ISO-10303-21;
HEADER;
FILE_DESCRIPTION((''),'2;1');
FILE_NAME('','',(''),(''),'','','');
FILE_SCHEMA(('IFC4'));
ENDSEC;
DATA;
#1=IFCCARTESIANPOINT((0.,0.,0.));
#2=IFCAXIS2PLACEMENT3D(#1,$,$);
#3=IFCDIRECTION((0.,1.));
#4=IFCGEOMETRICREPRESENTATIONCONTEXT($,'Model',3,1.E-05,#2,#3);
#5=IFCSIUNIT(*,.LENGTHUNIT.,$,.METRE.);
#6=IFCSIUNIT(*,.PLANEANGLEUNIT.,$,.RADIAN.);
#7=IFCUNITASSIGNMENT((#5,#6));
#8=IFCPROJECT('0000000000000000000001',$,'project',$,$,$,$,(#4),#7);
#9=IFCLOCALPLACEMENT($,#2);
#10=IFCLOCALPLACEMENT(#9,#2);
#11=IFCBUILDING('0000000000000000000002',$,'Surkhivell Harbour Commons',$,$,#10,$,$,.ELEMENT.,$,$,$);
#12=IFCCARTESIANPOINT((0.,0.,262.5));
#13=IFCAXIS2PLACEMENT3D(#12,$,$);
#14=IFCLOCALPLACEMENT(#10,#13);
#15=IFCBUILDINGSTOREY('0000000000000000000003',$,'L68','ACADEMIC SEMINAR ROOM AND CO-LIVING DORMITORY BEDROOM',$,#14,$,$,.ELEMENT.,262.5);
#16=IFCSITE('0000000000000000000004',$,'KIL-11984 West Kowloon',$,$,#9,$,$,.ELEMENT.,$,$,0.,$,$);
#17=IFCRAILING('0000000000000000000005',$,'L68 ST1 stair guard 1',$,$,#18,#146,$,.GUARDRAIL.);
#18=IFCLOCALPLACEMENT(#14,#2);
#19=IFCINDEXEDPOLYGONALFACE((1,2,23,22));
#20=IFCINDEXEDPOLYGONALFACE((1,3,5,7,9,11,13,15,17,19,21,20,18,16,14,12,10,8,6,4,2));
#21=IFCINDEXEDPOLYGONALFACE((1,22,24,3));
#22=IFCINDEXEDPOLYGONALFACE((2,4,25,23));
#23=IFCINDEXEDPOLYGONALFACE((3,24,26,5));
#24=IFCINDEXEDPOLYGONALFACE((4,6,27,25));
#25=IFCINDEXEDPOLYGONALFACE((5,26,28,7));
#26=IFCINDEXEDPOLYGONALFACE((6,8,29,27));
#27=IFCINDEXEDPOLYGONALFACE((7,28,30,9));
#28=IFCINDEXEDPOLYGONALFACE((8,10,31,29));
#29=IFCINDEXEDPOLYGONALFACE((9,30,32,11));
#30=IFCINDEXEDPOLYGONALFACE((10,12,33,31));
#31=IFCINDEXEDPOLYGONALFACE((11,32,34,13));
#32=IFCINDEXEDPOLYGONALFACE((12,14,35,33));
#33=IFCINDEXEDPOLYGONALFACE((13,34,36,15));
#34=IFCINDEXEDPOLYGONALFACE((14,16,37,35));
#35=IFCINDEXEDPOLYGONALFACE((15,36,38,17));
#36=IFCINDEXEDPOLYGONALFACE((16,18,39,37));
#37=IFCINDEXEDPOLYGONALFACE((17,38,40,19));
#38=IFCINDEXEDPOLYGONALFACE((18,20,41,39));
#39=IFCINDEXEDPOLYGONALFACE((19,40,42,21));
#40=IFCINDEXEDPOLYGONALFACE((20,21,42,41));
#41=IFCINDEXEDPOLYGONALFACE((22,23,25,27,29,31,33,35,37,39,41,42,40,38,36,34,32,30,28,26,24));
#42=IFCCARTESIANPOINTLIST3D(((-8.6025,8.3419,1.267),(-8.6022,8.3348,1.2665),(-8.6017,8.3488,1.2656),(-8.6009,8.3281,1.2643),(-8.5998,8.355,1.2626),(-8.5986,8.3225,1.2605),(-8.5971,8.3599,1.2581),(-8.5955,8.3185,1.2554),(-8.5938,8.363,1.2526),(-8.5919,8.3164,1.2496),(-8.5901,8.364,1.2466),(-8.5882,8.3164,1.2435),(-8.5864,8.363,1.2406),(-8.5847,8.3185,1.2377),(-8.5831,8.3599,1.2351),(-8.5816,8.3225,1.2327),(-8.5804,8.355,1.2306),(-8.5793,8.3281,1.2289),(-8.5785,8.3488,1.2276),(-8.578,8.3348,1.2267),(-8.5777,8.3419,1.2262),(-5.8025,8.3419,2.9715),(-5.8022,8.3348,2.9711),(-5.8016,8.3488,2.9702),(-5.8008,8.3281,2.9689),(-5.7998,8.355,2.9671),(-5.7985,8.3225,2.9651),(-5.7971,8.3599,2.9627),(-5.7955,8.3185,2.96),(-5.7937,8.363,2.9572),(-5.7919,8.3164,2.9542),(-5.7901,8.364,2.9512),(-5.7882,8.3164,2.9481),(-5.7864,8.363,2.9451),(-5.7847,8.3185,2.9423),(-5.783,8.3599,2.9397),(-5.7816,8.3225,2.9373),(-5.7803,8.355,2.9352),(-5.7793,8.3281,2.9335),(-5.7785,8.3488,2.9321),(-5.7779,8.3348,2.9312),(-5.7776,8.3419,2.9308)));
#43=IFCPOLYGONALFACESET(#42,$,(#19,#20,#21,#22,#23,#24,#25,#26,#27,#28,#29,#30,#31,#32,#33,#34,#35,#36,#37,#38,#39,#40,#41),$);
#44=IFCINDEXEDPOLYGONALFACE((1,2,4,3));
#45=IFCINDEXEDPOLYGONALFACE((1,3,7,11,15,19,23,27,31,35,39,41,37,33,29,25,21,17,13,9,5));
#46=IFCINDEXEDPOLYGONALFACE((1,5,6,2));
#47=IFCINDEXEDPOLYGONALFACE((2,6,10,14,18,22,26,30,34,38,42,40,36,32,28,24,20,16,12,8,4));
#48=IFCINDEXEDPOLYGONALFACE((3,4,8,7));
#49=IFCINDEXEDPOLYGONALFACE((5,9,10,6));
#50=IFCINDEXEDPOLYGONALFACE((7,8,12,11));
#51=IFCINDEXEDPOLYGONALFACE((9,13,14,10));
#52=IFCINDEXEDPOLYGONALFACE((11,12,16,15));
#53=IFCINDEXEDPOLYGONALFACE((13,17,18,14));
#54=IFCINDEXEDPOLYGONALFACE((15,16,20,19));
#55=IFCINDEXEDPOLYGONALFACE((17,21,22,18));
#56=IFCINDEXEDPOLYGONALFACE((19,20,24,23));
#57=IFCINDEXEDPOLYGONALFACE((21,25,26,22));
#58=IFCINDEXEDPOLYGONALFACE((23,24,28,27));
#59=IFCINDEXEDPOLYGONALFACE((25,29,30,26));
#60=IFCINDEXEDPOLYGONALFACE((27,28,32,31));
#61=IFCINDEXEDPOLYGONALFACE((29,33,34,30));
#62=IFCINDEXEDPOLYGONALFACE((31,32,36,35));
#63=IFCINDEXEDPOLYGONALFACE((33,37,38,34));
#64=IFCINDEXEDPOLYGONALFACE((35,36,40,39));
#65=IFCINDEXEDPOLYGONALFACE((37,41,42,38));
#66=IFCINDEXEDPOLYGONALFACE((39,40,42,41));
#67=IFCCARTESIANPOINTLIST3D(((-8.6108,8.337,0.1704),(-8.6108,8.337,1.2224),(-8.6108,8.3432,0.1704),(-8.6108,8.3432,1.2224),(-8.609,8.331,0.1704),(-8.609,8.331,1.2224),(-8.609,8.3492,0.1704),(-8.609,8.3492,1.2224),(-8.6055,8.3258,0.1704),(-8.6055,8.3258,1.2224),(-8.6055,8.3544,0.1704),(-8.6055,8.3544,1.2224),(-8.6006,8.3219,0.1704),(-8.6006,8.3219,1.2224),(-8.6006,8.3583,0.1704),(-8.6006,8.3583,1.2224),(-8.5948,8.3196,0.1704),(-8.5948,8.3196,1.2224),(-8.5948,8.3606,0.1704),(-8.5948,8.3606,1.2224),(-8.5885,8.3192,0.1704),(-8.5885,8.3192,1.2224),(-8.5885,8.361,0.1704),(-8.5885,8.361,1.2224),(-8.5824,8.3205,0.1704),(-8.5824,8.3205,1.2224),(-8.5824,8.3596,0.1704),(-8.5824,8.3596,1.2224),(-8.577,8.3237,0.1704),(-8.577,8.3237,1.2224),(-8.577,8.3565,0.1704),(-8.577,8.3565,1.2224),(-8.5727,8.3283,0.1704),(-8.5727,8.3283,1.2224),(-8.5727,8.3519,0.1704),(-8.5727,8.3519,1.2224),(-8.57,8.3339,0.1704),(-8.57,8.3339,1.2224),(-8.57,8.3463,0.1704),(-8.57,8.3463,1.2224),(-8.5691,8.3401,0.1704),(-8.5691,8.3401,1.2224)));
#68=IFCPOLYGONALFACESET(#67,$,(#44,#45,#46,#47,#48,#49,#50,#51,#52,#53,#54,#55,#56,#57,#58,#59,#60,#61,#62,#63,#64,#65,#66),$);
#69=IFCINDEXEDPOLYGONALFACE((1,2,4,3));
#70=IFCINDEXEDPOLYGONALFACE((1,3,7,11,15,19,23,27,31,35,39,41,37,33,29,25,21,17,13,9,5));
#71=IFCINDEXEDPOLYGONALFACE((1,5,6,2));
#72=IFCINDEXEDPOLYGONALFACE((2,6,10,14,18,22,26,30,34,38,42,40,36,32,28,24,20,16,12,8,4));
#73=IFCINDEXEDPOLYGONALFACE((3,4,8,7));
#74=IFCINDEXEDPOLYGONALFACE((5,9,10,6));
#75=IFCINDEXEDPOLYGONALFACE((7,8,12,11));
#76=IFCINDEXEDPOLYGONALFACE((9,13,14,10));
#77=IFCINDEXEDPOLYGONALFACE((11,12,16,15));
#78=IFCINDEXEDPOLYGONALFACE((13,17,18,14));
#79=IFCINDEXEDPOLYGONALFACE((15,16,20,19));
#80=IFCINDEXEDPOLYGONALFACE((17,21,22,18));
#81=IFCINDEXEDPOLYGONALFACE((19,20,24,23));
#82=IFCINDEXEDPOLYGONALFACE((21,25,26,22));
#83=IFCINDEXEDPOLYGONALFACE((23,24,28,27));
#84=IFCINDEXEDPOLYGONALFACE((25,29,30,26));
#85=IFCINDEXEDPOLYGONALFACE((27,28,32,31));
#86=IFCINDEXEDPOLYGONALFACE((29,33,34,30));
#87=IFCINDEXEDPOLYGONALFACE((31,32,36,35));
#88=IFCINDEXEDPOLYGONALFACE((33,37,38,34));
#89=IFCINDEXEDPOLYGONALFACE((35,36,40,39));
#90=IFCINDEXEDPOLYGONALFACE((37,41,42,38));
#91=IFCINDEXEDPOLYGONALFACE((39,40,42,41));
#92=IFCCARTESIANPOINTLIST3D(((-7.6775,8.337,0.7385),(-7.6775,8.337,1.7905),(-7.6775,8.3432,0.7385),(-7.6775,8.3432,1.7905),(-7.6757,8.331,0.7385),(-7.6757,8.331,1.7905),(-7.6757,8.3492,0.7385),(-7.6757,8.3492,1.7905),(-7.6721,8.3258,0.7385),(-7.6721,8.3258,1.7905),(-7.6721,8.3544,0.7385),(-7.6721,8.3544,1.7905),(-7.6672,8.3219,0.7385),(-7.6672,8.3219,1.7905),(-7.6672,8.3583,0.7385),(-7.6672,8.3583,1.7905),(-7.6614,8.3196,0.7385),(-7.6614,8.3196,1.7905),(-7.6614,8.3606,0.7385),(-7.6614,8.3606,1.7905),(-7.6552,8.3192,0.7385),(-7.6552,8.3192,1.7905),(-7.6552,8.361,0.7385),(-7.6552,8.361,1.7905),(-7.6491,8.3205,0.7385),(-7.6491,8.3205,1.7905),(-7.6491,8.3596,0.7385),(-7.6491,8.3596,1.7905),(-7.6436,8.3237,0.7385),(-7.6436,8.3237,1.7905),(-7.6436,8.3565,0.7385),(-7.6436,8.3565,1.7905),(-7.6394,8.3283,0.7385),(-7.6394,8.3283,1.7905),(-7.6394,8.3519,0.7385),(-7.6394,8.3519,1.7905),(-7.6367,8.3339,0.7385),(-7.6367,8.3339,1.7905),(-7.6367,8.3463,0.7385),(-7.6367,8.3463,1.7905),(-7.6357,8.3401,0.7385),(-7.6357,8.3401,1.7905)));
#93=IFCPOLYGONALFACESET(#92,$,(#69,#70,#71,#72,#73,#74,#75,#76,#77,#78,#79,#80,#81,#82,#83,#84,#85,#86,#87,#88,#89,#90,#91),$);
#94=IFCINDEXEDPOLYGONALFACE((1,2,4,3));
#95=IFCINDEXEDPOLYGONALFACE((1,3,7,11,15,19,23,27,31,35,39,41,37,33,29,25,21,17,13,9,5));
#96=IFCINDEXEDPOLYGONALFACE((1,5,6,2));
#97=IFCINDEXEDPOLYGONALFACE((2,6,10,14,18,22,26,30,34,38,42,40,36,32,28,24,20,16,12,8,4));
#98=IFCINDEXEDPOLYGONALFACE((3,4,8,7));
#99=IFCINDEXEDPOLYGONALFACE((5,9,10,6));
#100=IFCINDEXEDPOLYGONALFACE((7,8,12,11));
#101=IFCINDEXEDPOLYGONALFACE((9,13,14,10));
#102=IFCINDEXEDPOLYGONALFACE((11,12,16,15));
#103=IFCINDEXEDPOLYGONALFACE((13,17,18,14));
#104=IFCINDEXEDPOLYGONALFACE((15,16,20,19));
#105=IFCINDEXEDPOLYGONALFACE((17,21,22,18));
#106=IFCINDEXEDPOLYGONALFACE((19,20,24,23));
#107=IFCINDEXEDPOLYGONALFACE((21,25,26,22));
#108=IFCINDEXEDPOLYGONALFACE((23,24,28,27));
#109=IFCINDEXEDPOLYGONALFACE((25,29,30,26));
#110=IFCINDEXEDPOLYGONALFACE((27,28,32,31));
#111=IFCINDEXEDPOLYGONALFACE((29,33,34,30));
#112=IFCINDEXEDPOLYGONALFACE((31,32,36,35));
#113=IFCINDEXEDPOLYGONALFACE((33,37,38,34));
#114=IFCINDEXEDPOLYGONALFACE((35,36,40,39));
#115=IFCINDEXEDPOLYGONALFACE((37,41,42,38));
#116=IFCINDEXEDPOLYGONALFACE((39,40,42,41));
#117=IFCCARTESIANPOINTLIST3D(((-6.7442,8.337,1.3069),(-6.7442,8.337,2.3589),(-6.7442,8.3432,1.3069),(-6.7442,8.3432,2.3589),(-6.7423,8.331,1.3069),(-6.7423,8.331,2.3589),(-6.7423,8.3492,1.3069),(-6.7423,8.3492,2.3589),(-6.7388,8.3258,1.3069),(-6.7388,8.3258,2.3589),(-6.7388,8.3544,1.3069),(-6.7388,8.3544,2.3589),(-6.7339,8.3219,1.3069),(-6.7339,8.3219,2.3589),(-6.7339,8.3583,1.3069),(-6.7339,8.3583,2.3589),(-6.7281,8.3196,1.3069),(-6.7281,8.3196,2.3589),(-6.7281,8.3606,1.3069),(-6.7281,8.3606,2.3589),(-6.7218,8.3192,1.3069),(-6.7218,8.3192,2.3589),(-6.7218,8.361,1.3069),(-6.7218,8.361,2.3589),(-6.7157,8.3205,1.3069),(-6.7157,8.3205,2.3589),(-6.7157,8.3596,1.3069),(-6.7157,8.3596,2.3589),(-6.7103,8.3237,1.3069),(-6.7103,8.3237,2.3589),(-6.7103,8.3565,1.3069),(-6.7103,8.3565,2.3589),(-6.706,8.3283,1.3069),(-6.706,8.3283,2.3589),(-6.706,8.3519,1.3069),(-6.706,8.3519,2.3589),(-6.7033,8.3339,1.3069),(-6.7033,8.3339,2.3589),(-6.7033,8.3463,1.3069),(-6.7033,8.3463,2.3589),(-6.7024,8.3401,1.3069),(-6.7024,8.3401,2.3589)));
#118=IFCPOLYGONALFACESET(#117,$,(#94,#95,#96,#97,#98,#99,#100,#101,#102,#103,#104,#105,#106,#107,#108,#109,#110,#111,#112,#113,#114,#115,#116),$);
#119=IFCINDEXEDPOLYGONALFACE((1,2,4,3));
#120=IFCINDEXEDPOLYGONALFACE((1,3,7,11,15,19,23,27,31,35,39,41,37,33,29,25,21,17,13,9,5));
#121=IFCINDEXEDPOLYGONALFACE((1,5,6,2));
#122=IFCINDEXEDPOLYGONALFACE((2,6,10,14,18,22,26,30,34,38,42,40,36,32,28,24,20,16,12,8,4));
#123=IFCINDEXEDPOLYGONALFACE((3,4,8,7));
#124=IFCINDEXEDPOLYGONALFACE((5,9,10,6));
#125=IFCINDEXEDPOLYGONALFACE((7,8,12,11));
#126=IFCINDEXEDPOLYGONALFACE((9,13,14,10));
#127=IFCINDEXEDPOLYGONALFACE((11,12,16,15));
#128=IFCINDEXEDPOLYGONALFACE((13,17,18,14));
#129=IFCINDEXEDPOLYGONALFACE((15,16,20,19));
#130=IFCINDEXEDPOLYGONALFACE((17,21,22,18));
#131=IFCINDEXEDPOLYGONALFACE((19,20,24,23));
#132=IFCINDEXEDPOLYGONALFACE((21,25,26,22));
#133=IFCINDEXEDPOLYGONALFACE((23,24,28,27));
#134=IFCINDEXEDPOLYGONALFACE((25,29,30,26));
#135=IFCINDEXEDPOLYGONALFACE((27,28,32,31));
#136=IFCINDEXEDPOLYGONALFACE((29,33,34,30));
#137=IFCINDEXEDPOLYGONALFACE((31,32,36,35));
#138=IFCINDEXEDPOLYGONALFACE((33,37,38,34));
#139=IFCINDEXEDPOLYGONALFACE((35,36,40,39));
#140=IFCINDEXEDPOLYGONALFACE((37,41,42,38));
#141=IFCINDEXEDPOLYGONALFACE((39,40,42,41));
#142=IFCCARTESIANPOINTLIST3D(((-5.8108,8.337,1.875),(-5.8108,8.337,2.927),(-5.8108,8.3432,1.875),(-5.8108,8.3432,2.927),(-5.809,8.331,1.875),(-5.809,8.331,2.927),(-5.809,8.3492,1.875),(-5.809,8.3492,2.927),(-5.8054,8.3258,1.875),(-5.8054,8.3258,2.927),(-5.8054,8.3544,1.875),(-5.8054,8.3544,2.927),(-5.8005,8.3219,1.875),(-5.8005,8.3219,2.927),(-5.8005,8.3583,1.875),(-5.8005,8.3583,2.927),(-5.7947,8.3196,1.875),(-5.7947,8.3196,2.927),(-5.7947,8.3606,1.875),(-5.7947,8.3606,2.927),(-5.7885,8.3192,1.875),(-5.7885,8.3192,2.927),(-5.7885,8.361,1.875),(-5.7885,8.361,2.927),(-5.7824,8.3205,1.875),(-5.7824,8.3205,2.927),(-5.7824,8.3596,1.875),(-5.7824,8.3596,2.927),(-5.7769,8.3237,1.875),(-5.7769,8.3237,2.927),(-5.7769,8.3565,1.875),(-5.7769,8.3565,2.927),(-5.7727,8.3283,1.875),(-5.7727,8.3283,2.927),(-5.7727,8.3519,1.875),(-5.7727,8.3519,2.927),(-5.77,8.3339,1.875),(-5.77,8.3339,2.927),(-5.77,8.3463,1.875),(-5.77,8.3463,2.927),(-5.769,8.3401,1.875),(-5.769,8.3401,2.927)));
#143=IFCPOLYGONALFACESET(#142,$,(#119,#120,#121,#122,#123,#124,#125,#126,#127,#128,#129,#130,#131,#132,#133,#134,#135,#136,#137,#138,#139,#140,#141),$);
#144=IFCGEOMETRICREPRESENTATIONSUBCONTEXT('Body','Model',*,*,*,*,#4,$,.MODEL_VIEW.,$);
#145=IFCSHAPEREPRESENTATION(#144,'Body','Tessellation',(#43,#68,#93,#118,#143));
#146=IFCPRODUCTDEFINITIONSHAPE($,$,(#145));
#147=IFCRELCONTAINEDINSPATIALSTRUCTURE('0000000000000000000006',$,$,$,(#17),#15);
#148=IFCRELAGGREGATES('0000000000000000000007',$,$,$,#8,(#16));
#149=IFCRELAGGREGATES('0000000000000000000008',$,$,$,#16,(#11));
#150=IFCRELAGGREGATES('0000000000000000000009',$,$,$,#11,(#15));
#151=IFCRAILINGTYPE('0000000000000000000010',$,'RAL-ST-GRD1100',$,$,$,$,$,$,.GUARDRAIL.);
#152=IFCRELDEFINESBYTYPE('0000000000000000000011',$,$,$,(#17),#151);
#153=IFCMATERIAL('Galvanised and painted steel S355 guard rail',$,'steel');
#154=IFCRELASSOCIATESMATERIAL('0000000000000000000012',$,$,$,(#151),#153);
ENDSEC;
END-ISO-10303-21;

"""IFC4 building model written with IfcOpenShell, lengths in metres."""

from ifc_helpers import new_model, si_unit, direction, frame, origin, origin_2d, place, context, subcontext, project, spatial, circle, extrude, material, type_object, element, save


model = new_model("IFC4")

# Units and contexts
model_context = context("Model", 3, precision=1e-05, world=origin(), true_north=direction((0.0, 1.0)))
body_context = subcontext(model_context, "Body", "Model", "MODEL_VIEW")
ifc_project = project(units=[si_unit("LENGTHUNIT", "METRE"), si_unit("PLANEANGLEUNIT", "RADIAN")], contexts=[model_context])

# Site, building, storey
site_placement = place(None, origin())
site = spatial("IfcSite", under=ifc_project, at=site_placement, Name="KIL-11984 West Kowloon", CompositionType="ELEMENT", RefElevation=0.0)
building_placement = place(site_placement, origin())
building = spatial("IfcBuilding", under=site, at=building_placement, Name="Surkhivell Harbour Commons", CompositionType="ELEMENT")
storey_placement = place(building_placement, frame((0.0, 0.0, 262.5)))
storey = spatial("IfcBuildingStorey", under=building, at=storey_placement, Name="L68", Description="ACADEMIC SEMINAR ROOM AND CO-LIVING DORMITORY BEDROOM", CompositionType="ELEMENT", Elevation=262.5)

# Railing
ifc_material_1 = material(Name="Galvanised and painted steel S355 guard rail", Category="steel")
railing_type_1 = type_object("IfcRailingType", Name="RAL-ST-GRD1100", PredefinedType="GUARDRAIL", material=ifc_material_1)
railing_1_placement = place(storey_placement, frame((-8.5901, 8.3401, 0.1704)))
element("IfcRailing", 1, at=railing_1_placement, inside=storey, type_object=railing_type_1, Name="L68 ST1 stair guard 1", PredefinedType="GUARDRAIL", context=body_context, shape_type="SweptSolid", body=[
    extrude(circle(Radius=0.0239, at=origin_2d()), frame((0.0, 0.0, 1.0762), z_axis=(0.85417, 0.0, 0.519994), x_axis=(0.0, 1.0, 0.0)), (0.0, 0.0, 1.0), 3.2781),
    extrude(circle(Radius=0.021, at=origin_2d()), origin(), (0.0, 0.0, 1.0), 1.052),
    extrude(circle(Radius=0.021, at=origin_2d()), frame((0.9333, 0.0, 0.5681)), (0.0, 0.0, 1.0), 1.052),
    extrude(circle(Radius=0.021, at=origin_2d()), frame((1.8667, 0.0, 1.1365)), (0.0, 0.0, 1.0), 1.052),
    extrude(circle(Radius=0.021, at=origin_2d()), frame((2.8, 0.0, 1.7046)), (0.0, 0.0, 1.0), 1.052),
])

save(model, "model.ifc")
